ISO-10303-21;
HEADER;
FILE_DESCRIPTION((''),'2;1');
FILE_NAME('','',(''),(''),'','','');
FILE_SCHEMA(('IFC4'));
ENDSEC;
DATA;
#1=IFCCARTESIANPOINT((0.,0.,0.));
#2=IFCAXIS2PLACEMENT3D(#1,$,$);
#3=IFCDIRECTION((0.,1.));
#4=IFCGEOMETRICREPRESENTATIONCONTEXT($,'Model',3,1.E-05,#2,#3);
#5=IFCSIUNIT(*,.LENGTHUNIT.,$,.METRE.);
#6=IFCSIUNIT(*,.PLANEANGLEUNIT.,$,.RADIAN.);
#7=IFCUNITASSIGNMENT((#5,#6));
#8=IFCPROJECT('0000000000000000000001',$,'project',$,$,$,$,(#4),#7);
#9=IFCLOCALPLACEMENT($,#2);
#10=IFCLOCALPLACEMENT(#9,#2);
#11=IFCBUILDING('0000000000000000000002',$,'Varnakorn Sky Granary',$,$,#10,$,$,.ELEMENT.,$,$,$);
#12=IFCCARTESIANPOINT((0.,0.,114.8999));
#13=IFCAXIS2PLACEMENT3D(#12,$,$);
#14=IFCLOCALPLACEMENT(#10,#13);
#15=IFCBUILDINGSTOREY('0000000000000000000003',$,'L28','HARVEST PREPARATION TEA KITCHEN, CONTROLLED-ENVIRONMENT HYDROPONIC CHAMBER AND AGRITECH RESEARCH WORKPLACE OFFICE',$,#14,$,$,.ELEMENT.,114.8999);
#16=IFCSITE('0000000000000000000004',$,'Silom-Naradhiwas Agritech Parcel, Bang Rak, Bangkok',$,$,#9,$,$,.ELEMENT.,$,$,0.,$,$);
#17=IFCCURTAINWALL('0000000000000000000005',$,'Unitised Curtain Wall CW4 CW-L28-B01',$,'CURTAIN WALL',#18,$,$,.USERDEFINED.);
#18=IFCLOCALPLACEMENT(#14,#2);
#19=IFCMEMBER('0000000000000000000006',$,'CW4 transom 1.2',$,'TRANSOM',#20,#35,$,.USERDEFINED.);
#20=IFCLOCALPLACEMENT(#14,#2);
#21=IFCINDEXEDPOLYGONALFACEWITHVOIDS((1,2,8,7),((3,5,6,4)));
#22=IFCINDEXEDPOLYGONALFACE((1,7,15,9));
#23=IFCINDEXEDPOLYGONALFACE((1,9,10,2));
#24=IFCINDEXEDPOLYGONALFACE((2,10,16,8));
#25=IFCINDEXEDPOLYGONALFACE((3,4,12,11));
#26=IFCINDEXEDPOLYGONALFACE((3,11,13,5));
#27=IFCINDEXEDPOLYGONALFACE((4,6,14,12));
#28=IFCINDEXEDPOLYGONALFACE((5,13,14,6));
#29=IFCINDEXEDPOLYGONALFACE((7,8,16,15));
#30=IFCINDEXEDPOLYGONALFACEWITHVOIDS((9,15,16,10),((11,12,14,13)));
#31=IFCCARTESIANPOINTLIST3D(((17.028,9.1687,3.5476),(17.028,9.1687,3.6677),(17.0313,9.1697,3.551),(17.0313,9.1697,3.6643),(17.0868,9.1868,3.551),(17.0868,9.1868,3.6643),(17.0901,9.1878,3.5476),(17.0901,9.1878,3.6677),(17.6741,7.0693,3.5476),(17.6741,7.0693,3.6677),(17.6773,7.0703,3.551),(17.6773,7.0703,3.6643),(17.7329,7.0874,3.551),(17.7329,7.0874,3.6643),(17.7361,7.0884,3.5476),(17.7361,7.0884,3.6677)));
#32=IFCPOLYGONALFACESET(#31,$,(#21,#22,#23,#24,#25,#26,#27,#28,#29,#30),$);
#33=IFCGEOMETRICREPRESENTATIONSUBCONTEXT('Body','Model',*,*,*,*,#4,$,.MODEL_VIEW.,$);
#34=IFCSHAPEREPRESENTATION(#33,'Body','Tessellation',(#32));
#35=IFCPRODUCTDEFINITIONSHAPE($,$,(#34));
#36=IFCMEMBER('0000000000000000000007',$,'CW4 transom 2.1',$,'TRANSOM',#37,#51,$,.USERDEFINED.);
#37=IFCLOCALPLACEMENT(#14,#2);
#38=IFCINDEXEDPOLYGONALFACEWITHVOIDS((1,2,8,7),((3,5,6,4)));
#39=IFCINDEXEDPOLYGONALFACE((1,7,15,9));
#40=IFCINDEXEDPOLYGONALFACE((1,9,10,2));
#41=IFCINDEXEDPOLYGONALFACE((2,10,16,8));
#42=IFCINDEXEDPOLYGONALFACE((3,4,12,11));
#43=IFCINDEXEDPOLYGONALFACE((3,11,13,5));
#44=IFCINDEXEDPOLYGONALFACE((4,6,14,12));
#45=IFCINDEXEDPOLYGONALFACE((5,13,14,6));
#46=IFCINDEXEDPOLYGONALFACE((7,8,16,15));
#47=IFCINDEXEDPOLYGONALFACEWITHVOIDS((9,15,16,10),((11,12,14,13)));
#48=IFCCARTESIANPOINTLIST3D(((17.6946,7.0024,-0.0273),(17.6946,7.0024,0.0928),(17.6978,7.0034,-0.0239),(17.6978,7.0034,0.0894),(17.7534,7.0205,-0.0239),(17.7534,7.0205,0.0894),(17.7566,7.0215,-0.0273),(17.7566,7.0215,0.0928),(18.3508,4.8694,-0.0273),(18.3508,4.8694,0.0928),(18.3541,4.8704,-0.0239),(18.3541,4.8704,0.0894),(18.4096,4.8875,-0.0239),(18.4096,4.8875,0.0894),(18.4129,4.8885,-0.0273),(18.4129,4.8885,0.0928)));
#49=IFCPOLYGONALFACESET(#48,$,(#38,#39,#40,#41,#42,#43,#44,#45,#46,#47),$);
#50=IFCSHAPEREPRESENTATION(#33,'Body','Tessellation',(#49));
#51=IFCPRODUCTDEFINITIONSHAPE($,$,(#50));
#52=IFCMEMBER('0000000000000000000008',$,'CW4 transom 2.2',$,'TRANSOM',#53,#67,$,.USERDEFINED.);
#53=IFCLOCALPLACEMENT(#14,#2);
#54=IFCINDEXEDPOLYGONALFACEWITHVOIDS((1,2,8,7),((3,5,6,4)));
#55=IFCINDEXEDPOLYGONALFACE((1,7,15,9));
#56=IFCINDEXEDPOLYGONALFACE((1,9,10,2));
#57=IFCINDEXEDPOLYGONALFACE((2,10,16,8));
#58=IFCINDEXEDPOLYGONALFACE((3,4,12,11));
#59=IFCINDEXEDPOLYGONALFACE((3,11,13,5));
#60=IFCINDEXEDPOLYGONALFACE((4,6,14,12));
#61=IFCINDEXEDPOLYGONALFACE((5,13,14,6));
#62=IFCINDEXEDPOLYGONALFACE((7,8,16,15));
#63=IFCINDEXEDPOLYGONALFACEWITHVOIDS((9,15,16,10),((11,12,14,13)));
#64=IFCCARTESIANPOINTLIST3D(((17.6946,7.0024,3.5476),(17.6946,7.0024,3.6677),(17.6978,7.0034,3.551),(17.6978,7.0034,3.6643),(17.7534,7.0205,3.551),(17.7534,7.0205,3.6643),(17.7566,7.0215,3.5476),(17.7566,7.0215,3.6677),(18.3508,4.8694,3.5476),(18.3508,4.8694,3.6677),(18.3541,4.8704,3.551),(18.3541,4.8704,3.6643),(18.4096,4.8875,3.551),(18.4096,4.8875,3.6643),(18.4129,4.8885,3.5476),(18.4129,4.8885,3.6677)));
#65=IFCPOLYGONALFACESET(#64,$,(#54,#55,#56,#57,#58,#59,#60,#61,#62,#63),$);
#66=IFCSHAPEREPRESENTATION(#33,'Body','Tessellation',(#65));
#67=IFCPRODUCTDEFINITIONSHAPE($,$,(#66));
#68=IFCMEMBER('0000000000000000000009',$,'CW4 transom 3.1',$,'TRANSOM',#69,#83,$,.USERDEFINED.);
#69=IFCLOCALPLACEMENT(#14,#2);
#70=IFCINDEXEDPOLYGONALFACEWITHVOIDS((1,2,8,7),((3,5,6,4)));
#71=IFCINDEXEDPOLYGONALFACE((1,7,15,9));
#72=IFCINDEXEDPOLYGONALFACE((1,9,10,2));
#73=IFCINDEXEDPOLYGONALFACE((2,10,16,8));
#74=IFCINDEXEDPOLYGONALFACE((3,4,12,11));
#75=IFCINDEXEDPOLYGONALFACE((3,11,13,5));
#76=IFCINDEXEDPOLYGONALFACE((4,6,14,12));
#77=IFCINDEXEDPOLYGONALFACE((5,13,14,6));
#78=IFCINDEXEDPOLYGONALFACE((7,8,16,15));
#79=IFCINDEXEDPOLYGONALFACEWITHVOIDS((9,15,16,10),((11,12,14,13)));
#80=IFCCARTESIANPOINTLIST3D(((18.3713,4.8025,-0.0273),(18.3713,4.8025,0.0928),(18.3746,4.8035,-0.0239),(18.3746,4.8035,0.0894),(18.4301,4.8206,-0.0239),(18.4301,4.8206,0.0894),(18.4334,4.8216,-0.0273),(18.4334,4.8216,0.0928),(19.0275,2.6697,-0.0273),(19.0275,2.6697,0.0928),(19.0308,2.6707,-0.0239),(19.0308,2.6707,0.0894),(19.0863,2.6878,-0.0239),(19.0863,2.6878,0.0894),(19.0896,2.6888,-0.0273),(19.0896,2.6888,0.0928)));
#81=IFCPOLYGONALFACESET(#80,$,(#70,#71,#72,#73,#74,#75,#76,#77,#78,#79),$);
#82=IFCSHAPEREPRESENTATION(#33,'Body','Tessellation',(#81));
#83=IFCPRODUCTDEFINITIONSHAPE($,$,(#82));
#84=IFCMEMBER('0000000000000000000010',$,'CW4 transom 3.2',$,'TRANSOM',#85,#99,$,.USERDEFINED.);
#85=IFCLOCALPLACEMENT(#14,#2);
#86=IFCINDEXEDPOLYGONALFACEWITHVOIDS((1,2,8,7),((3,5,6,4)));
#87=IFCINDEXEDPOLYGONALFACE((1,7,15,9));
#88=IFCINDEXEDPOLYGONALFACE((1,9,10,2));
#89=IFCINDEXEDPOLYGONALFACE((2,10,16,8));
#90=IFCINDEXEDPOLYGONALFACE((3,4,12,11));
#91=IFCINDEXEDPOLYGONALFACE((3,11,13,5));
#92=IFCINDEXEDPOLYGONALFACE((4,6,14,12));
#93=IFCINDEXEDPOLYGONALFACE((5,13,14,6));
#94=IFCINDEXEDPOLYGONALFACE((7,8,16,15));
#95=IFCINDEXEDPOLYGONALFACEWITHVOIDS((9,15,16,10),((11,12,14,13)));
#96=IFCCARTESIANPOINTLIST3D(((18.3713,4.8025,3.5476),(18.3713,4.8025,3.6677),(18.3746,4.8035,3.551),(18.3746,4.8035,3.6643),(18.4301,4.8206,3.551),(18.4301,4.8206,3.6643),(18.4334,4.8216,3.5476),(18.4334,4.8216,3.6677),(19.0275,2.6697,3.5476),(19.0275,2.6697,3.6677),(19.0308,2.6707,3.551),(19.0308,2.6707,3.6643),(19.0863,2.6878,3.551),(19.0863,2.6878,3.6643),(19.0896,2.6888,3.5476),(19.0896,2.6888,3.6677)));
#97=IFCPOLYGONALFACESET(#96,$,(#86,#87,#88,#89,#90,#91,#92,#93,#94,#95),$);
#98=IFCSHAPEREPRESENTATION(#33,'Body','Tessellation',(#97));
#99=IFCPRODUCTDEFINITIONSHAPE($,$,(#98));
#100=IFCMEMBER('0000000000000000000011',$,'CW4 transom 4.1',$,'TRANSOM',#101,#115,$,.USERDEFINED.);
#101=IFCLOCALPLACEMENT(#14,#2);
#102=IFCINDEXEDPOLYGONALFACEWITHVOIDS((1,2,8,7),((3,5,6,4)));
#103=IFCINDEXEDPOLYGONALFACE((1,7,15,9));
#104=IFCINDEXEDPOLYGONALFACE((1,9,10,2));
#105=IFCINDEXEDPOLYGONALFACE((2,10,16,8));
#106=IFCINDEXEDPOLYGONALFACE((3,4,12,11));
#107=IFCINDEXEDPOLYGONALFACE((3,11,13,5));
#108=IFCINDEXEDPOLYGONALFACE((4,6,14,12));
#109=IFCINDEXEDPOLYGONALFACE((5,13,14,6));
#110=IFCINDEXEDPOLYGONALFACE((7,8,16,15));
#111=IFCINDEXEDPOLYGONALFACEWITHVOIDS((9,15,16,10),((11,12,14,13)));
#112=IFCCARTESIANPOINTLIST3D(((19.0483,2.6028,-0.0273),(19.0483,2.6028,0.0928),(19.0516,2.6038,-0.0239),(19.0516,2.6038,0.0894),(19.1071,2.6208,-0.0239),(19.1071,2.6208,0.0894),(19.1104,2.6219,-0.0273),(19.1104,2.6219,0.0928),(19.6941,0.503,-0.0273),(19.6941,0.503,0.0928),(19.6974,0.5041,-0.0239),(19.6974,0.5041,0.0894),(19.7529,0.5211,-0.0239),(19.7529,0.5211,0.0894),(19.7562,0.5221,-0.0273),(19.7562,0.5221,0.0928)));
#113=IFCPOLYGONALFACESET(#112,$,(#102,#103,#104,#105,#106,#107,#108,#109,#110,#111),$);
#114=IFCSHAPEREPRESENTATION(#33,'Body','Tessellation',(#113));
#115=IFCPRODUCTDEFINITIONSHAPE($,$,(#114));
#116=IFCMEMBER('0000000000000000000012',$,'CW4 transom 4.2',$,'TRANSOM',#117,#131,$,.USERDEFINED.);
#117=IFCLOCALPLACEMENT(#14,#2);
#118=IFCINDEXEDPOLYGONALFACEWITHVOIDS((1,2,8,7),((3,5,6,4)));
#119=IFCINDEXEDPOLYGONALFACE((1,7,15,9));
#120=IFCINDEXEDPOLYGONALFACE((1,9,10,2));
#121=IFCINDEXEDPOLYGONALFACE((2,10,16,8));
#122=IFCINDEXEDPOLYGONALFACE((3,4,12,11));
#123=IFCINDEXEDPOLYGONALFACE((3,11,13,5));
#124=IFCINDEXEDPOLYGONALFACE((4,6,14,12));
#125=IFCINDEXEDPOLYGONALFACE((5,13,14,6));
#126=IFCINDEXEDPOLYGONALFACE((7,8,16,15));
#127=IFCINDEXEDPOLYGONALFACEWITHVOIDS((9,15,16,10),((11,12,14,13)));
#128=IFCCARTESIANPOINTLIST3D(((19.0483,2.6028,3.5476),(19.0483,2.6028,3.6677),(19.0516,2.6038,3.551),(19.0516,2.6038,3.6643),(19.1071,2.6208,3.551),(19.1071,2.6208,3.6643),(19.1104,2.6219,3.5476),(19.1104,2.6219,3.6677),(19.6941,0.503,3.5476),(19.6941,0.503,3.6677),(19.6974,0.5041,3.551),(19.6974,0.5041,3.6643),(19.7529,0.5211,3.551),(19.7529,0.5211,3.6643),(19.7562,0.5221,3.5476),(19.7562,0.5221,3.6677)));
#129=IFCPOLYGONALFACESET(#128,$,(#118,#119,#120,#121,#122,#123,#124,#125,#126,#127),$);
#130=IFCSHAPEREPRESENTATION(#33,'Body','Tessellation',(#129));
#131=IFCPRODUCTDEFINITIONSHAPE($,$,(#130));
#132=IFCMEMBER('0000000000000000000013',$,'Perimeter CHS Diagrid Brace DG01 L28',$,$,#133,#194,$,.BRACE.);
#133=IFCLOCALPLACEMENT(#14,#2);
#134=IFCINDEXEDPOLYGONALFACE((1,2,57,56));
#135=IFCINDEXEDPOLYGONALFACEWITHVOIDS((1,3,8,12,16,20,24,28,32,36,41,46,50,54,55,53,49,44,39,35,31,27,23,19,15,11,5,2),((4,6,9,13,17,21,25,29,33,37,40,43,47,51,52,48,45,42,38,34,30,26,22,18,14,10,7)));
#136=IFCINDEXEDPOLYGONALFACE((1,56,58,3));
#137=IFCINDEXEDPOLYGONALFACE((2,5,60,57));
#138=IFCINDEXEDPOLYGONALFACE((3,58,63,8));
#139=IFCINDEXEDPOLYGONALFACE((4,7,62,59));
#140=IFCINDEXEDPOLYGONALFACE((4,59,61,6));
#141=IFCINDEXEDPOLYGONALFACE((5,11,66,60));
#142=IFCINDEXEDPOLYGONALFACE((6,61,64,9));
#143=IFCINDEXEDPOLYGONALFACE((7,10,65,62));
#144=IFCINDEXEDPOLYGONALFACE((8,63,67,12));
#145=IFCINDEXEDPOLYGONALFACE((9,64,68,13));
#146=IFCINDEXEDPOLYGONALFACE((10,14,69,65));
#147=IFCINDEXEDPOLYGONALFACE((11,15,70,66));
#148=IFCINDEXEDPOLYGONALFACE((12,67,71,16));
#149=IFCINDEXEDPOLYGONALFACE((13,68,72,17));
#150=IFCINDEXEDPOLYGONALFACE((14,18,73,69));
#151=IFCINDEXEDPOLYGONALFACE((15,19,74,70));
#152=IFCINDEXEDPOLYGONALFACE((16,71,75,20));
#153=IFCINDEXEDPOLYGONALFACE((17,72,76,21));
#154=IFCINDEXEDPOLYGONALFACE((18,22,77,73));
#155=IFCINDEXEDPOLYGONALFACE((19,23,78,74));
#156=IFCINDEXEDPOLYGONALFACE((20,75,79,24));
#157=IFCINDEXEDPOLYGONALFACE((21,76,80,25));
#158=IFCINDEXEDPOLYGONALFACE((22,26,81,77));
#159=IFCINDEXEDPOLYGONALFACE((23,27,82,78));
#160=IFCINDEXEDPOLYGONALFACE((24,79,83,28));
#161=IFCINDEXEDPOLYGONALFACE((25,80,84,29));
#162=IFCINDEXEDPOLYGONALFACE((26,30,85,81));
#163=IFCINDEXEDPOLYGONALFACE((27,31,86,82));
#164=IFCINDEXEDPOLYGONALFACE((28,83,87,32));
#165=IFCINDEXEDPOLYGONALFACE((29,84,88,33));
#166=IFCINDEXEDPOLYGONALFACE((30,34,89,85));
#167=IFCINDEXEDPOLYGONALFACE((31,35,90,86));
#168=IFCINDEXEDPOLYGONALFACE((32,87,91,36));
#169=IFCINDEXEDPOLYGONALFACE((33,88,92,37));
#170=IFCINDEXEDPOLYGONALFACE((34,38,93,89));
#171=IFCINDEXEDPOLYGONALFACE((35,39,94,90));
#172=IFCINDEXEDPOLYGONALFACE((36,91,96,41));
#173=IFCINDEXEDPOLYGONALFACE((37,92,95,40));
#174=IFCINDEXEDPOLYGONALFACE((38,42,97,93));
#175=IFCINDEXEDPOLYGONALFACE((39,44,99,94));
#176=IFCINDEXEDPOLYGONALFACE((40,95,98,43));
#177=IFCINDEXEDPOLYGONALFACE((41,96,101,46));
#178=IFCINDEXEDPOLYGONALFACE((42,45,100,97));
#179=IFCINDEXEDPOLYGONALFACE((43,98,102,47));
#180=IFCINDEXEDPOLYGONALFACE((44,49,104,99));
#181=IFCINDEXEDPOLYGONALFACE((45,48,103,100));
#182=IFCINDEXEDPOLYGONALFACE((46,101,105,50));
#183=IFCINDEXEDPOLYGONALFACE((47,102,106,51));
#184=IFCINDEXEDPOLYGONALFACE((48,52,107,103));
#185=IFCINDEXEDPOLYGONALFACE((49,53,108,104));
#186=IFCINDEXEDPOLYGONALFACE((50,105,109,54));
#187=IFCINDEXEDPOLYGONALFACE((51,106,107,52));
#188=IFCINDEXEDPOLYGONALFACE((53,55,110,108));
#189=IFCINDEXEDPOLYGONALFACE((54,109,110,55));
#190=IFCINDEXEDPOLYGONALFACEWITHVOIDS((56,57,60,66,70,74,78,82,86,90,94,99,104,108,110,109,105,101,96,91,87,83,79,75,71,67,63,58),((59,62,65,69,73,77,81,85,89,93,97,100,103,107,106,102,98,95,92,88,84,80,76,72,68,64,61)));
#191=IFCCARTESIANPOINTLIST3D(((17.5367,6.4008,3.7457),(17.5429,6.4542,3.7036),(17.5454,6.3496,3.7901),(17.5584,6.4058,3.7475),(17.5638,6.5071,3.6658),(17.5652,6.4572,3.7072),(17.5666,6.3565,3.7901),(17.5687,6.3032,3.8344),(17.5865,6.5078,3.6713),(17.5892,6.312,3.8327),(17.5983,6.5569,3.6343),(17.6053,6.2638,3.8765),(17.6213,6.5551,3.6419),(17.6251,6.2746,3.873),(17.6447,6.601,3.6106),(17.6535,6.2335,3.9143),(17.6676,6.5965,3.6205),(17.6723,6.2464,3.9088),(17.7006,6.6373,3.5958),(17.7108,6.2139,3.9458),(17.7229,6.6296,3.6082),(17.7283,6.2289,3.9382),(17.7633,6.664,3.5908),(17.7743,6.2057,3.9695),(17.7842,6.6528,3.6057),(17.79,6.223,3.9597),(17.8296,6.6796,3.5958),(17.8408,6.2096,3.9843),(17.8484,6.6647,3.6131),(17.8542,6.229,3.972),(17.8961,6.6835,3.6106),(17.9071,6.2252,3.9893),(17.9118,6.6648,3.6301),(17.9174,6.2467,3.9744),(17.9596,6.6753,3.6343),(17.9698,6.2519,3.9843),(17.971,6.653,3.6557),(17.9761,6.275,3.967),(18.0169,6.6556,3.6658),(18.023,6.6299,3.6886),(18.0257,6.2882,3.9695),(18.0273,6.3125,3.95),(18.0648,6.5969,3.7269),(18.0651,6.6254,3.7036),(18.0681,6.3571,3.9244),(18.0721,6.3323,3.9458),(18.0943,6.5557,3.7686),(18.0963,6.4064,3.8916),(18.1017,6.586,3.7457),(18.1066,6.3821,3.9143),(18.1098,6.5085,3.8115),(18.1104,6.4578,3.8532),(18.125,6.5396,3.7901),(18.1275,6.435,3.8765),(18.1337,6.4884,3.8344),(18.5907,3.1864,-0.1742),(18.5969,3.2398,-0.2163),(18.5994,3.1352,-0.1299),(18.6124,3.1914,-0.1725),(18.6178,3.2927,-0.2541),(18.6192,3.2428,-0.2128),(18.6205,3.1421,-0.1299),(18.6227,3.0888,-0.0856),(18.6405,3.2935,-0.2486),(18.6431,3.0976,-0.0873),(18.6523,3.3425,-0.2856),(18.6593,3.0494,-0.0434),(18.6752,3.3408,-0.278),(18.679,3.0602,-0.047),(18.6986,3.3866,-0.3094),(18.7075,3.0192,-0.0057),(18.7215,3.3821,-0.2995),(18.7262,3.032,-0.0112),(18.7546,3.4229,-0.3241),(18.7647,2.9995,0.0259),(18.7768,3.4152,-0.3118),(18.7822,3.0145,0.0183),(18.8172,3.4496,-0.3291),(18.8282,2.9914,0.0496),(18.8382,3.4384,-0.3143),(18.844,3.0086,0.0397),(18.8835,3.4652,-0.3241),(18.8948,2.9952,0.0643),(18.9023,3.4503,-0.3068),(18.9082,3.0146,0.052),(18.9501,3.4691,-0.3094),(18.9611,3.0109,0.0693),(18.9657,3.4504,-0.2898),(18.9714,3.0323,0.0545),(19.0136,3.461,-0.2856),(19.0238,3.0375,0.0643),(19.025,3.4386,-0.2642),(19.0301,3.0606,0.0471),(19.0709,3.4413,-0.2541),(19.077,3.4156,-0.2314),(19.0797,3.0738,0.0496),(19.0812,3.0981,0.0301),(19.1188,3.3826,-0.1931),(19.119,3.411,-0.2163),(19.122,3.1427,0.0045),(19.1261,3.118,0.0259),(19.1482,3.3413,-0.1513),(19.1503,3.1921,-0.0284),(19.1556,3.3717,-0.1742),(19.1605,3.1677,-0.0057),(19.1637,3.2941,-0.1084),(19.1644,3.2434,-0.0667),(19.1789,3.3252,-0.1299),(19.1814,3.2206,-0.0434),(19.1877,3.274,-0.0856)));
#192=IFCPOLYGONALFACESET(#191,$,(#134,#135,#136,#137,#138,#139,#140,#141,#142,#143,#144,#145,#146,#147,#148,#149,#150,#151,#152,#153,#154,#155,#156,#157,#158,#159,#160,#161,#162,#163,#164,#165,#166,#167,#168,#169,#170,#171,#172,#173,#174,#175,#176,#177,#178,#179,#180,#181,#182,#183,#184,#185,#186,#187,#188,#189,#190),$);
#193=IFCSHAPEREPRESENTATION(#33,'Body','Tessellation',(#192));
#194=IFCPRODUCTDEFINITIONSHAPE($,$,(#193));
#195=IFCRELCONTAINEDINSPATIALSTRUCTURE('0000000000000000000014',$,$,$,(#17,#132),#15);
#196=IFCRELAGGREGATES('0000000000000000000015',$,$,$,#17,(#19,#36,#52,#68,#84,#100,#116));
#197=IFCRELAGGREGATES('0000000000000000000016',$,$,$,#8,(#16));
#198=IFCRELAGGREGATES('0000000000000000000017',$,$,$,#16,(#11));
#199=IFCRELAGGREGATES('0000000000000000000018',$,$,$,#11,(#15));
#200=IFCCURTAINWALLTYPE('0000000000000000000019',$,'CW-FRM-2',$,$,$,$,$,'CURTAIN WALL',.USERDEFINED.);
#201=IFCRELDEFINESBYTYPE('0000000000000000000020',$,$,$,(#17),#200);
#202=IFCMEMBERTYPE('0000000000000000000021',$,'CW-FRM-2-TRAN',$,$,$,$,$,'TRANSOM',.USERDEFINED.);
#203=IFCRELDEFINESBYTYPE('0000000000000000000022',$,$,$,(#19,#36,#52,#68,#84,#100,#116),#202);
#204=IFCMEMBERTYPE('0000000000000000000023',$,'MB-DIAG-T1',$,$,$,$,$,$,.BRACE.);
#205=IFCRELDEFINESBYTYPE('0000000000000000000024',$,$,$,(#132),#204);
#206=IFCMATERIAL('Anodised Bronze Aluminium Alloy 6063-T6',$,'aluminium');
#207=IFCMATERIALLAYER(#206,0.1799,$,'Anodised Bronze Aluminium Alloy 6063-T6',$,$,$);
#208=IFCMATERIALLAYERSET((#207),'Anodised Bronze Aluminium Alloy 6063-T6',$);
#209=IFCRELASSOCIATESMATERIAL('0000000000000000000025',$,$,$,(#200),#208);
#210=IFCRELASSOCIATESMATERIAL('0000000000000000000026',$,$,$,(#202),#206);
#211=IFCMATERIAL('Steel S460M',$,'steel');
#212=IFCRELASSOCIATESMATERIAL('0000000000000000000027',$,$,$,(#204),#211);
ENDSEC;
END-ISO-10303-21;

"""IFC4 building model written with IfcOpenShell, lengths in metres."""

from ifc_helpers import new_model, si_unit, direction, frame, origin, origin_2d, place, context, subcontext, project, spatial, hollow_rectangle, hollow_circle, extrude, material, layer, layer_set, material_profile, profile_set, type_object, element, aggregate, save


model = new_model("IFC4")

# Units and contexts
model_context = context("Model", 3, precision=1e-05, world=origin(), true_north=direction((0.0, 1.0)))
body_context = subcontext(model_context, "Body", "Model", "MODEL_VIEW")
ifc_project = project(units=[si_unit("LENGTHUNIT", "METRE"), si_unit("PLANEANGLEUNIT", "RADIAN")], contexts=[model_context])

# Site, building, storey
site_placement = place(None, origin())
site = spatial("IfcSite", under=ifc_project, at=site_placement, Name="Silom-Naradhiwas Agritech Parcel, Bang Rak, Bangkok", CompositionType="ELEMENT", RefElevation=0.0)
building_placement = place(site_placement, origin())
building = spatial("IfcBuilding", under=site, at=building_placement, Name="Varnakorn Sky Granary", CompositionType="ELEMENT")
storey_placement = place(building_placement, frame((0.0, 0.0, 114.8999)))
storey = spatial("IfcBuildingStorey", under=building, at=storey_placement, Name="L28", Description="HARVEST PREPARATION TEA KITCHEN, CONTROLLED-ENVIRONMENT HYDROPONIC CHAMBER AND AGRITECH RESEARCH WORKPLACE OFFICE", CompositionType="ELEMENT", Elevation=114.8999)

# Shared definitions
ifc_material_1 = material(Name="Steel S460M", Category="steel")

# Curtain wall, members
ifc_material_2 = material(Name="Anodised Bronze Aluminium Alloy 6063-T6", Category="aluminium")
ifc_layer_1 = layer(ifc_material_2, 0.1799, Name="Anodised Bronze Aluminium Alloy 6063-T6")
ifc_layer_set_1 = layer_set([ifc_layer_1], Name="Anodised Bronze Aluminium Alloy 6063-T6")
curtain_wall_type = type_object("IfcCurtainWallType", Name="CW-FRM-2", ElementType="CURTAIN WALL", PredefinedType="USERDEFINED", material=ifc_layer_set_1)
curtain_wall_placement = place(storey_placement, origin())
curtain_wall = element("IfcCurtainWall", 1, at=curtain_wall_placement, inside=storey, type_object=curtain_wall_type, Name="Unitised Curtain Wall CW4 CW-L28-B01", ObjectType="CURTAIN WALL", PredefinedType="USERDEFINED")
ifc_material_profile_1 = material_profile(ifc_material_2, hollow_rectangle(XDim=0.0649, YDim=0.1201, WallThickness=0.0034, at=origin_2d()), Name="ALU TRAN 65x120")
ifc_profile_set_1 = profile_set([ifc_material_profile_1], Name="Anodised Bronze Aluminium Alloy 6063-T6")
member_type_1 = type_object("IfcMemberType", Name="CW-FRM-2-TRAN", ElementType="TRANSOM", PredefinedType="USERDEFINED", material=ifc_profile_set_1)
member_1_placement = place(storey_placement, frame((17.0591, 9.1782, 3.6077), z_axis=(0.294101, -0.955774, 0.0), x_axis=(0.955774, 0.294101, 0.0)))
member_1 = element("IfcMember", 2, at=member_1_placement, type_object=member_type_1, Name="CW4 transom 1.2", ObjectType="TRANSOM", PredefinedType="USERDEFINED", context=body_context, shape_type="SweptSolid", body=[
    extrude(hollow_rectangle(XDim=0.0649, YDim=0.1201, WallThickness=0.0034, at=origin_2d()), origin(), (0.0, 0.0, 1.0), 2.1965),
])
member_2_placement = place(storey_placement, frame((17.7256, 7.012, 0.0327), z_axis=(0.294055, -0.955788, 0.0), x_axis=(0.955788, 0.294055, 0.0)))
member_2 = element("IfcMember", 3, at=member_2_placement, type_object=member_type_1, Name="CW4 transom 2.1", ObjectType="TRANSOM", PredefinedType="USERDEFINED", context=body_context, shape_type="SweptSolid", body=[
    extrude(hollow_rectangle(XDim=0.0649, YDim=0.1201, WallThickness=0.0034, at=origin_2d()), origin(), (0.0, 0.0, 1.0), 2.2317),
])
member_3_placement = place(storey_placement, frame((17.7256, 7.012, 3.6077), z_axis=(0.294055, -0.955788, 0.0), x_axis=(0.955788, 0.294055, 0.0)))
member_3 = element("IfcMember", 4, at=member_3_placement, type_object=member_type_1, Name="CW4 transom 2.2", ObjectType="TRANSOM", PredefinedType="USERDEFINED", context=body_context, shape_type="SweptSolid", body=[
    extrude(hollow_rectangle(XDim=0.0649, YDim=0.1201, WallThickness=0.0034, at=origin_2d()), origin(), (0.0, 0.0, 1.0), 2.2317),
])
member_4_placement = place(storey_placement, frame((18.4023, 4.812, 0.0327), z_axis=(0.294086, -0.955779, 0.0), x_axis=(0.955779, 0.294086, 0.0)))
member_4 = element("IfcMember", 5, at=member_4_placement, type_object=member_type_1, Name="CW4 transom 3.1", ObjectType="TRANSOM", PredefinedType="USERDEFINED", context=body_context, shape_type="SweptSolid", body=[
    extrude(hollow_rectangle(XDim=0.0649, YDim=0.1201, WallThickness=0.0034, at=origin_2d()), origin(), (0.0, 0.0, 1.0), 2.2314),
])
member_5_placement = place(storey_placement, frame((18.4023, 4.812, 3.6077), z_axis=(0.294086, -0.955779, 0.0), x_axis=(0.955779, 0.294086, 0.0)))
member_5 = element("IfcMember", 6, at=member_5_placement, type_object=member_type_1, Name="CW4 transom 3.2", ObjectType="TRANSOM", PredefinedType="USERDEFINED", context=body_context, shape_type="SweptSolid", body=[
    extrude(hollow_rectangle(XDim=0.0649, YDim=0.1201, WallThickness=0.0034, at=origin_2d()), origin(), (0.0, 0.0, 1.0), 2.2314),
])
member_6_placement = place(storey_placement, frame((19.0793, 2.6123, 0.0327), z_axis=(0.293969, -0.955815, 0.0), x_axis=(0.955815, 0.293969, 0.0)))
member_6 = element("IfcMember", 7, at=member_6_placement, type_object=member_type_1, Name="CW4 transom 4.1", ObjectType="TRANSOM", PredefinedType="USERDEFINED", context=body_context, shape_type="SweptSolid", body=[
    extrude(hollow_rectangle(XDim=0.0649, YDim=0.1201, WallThickness=0.0034, at=origin_2d()), origin(), (0.0, 0.0, 1.0), 2.1968),
])
member_7_placement = place(storey_placement, frame((19.0793, 2.6123, 3.6077), z_axis=(0.293969, -0.955815, 0.0), x_axis=(0.955815, 0.293969, 0.0)))
member_7 = element("IfcMember", 8, at=member_7_placement, type_object=member_type_1, Name="CW4 transom 4.2", ObjectType="TRANSOM", PredefinedType="USERDEFINED", context=body_context, shape_type="SweptSolid", body=[
    extrude(hollow_rectangle(XDim=0.0649, YDim=0.1201, WallThickness=0.0034, at=origin_2d()), origin(), (0.0, 0.0, 1.0), 2.1968),
])

# Member
ifc_material_profile_2 = material_profile(ifc_material_1, hollow_circle(Radius=0.3049, WallThickness=0.0222, at=origin_2d()), Name="CHS 610x22")
ifc_profile_set_2 = profile_set([ifc_material_profile_2], Name="Steel S460M")
member_type_2 = type_object("IfcMemberType", Name="MB-DIAG-T1", PredefinedType="BRACE", material=ifc_profile_set_2)
member_8_placement = place(storey_placement, frame((18.8892, 3.2302, -0.1299), z_axis=(-0.203556, 0.620806, 0.757076), x_axis=(-0.950224, -0.311569, 0.0)))
element("IfcMember", 9, at=member_8_placement, inside=storey, type_object=member_type_2, Name="Perimeter CHS Diagrid Brace DG01 L28", PredefinedType="BRACE", context=body_context, shape_type="SweptSolid", body=[
    extrude(hollow_circle(Radius=0.3049, WallThickness=0.0222, at=origin_2d()), origin(), (0.0, 0.0, 1.0), 5.1777),
])

aggregate(curtain_wall, [member_1, member_2, member_3, member_4, member_5, member_6, member_7])

save(model, "model.ifc")
